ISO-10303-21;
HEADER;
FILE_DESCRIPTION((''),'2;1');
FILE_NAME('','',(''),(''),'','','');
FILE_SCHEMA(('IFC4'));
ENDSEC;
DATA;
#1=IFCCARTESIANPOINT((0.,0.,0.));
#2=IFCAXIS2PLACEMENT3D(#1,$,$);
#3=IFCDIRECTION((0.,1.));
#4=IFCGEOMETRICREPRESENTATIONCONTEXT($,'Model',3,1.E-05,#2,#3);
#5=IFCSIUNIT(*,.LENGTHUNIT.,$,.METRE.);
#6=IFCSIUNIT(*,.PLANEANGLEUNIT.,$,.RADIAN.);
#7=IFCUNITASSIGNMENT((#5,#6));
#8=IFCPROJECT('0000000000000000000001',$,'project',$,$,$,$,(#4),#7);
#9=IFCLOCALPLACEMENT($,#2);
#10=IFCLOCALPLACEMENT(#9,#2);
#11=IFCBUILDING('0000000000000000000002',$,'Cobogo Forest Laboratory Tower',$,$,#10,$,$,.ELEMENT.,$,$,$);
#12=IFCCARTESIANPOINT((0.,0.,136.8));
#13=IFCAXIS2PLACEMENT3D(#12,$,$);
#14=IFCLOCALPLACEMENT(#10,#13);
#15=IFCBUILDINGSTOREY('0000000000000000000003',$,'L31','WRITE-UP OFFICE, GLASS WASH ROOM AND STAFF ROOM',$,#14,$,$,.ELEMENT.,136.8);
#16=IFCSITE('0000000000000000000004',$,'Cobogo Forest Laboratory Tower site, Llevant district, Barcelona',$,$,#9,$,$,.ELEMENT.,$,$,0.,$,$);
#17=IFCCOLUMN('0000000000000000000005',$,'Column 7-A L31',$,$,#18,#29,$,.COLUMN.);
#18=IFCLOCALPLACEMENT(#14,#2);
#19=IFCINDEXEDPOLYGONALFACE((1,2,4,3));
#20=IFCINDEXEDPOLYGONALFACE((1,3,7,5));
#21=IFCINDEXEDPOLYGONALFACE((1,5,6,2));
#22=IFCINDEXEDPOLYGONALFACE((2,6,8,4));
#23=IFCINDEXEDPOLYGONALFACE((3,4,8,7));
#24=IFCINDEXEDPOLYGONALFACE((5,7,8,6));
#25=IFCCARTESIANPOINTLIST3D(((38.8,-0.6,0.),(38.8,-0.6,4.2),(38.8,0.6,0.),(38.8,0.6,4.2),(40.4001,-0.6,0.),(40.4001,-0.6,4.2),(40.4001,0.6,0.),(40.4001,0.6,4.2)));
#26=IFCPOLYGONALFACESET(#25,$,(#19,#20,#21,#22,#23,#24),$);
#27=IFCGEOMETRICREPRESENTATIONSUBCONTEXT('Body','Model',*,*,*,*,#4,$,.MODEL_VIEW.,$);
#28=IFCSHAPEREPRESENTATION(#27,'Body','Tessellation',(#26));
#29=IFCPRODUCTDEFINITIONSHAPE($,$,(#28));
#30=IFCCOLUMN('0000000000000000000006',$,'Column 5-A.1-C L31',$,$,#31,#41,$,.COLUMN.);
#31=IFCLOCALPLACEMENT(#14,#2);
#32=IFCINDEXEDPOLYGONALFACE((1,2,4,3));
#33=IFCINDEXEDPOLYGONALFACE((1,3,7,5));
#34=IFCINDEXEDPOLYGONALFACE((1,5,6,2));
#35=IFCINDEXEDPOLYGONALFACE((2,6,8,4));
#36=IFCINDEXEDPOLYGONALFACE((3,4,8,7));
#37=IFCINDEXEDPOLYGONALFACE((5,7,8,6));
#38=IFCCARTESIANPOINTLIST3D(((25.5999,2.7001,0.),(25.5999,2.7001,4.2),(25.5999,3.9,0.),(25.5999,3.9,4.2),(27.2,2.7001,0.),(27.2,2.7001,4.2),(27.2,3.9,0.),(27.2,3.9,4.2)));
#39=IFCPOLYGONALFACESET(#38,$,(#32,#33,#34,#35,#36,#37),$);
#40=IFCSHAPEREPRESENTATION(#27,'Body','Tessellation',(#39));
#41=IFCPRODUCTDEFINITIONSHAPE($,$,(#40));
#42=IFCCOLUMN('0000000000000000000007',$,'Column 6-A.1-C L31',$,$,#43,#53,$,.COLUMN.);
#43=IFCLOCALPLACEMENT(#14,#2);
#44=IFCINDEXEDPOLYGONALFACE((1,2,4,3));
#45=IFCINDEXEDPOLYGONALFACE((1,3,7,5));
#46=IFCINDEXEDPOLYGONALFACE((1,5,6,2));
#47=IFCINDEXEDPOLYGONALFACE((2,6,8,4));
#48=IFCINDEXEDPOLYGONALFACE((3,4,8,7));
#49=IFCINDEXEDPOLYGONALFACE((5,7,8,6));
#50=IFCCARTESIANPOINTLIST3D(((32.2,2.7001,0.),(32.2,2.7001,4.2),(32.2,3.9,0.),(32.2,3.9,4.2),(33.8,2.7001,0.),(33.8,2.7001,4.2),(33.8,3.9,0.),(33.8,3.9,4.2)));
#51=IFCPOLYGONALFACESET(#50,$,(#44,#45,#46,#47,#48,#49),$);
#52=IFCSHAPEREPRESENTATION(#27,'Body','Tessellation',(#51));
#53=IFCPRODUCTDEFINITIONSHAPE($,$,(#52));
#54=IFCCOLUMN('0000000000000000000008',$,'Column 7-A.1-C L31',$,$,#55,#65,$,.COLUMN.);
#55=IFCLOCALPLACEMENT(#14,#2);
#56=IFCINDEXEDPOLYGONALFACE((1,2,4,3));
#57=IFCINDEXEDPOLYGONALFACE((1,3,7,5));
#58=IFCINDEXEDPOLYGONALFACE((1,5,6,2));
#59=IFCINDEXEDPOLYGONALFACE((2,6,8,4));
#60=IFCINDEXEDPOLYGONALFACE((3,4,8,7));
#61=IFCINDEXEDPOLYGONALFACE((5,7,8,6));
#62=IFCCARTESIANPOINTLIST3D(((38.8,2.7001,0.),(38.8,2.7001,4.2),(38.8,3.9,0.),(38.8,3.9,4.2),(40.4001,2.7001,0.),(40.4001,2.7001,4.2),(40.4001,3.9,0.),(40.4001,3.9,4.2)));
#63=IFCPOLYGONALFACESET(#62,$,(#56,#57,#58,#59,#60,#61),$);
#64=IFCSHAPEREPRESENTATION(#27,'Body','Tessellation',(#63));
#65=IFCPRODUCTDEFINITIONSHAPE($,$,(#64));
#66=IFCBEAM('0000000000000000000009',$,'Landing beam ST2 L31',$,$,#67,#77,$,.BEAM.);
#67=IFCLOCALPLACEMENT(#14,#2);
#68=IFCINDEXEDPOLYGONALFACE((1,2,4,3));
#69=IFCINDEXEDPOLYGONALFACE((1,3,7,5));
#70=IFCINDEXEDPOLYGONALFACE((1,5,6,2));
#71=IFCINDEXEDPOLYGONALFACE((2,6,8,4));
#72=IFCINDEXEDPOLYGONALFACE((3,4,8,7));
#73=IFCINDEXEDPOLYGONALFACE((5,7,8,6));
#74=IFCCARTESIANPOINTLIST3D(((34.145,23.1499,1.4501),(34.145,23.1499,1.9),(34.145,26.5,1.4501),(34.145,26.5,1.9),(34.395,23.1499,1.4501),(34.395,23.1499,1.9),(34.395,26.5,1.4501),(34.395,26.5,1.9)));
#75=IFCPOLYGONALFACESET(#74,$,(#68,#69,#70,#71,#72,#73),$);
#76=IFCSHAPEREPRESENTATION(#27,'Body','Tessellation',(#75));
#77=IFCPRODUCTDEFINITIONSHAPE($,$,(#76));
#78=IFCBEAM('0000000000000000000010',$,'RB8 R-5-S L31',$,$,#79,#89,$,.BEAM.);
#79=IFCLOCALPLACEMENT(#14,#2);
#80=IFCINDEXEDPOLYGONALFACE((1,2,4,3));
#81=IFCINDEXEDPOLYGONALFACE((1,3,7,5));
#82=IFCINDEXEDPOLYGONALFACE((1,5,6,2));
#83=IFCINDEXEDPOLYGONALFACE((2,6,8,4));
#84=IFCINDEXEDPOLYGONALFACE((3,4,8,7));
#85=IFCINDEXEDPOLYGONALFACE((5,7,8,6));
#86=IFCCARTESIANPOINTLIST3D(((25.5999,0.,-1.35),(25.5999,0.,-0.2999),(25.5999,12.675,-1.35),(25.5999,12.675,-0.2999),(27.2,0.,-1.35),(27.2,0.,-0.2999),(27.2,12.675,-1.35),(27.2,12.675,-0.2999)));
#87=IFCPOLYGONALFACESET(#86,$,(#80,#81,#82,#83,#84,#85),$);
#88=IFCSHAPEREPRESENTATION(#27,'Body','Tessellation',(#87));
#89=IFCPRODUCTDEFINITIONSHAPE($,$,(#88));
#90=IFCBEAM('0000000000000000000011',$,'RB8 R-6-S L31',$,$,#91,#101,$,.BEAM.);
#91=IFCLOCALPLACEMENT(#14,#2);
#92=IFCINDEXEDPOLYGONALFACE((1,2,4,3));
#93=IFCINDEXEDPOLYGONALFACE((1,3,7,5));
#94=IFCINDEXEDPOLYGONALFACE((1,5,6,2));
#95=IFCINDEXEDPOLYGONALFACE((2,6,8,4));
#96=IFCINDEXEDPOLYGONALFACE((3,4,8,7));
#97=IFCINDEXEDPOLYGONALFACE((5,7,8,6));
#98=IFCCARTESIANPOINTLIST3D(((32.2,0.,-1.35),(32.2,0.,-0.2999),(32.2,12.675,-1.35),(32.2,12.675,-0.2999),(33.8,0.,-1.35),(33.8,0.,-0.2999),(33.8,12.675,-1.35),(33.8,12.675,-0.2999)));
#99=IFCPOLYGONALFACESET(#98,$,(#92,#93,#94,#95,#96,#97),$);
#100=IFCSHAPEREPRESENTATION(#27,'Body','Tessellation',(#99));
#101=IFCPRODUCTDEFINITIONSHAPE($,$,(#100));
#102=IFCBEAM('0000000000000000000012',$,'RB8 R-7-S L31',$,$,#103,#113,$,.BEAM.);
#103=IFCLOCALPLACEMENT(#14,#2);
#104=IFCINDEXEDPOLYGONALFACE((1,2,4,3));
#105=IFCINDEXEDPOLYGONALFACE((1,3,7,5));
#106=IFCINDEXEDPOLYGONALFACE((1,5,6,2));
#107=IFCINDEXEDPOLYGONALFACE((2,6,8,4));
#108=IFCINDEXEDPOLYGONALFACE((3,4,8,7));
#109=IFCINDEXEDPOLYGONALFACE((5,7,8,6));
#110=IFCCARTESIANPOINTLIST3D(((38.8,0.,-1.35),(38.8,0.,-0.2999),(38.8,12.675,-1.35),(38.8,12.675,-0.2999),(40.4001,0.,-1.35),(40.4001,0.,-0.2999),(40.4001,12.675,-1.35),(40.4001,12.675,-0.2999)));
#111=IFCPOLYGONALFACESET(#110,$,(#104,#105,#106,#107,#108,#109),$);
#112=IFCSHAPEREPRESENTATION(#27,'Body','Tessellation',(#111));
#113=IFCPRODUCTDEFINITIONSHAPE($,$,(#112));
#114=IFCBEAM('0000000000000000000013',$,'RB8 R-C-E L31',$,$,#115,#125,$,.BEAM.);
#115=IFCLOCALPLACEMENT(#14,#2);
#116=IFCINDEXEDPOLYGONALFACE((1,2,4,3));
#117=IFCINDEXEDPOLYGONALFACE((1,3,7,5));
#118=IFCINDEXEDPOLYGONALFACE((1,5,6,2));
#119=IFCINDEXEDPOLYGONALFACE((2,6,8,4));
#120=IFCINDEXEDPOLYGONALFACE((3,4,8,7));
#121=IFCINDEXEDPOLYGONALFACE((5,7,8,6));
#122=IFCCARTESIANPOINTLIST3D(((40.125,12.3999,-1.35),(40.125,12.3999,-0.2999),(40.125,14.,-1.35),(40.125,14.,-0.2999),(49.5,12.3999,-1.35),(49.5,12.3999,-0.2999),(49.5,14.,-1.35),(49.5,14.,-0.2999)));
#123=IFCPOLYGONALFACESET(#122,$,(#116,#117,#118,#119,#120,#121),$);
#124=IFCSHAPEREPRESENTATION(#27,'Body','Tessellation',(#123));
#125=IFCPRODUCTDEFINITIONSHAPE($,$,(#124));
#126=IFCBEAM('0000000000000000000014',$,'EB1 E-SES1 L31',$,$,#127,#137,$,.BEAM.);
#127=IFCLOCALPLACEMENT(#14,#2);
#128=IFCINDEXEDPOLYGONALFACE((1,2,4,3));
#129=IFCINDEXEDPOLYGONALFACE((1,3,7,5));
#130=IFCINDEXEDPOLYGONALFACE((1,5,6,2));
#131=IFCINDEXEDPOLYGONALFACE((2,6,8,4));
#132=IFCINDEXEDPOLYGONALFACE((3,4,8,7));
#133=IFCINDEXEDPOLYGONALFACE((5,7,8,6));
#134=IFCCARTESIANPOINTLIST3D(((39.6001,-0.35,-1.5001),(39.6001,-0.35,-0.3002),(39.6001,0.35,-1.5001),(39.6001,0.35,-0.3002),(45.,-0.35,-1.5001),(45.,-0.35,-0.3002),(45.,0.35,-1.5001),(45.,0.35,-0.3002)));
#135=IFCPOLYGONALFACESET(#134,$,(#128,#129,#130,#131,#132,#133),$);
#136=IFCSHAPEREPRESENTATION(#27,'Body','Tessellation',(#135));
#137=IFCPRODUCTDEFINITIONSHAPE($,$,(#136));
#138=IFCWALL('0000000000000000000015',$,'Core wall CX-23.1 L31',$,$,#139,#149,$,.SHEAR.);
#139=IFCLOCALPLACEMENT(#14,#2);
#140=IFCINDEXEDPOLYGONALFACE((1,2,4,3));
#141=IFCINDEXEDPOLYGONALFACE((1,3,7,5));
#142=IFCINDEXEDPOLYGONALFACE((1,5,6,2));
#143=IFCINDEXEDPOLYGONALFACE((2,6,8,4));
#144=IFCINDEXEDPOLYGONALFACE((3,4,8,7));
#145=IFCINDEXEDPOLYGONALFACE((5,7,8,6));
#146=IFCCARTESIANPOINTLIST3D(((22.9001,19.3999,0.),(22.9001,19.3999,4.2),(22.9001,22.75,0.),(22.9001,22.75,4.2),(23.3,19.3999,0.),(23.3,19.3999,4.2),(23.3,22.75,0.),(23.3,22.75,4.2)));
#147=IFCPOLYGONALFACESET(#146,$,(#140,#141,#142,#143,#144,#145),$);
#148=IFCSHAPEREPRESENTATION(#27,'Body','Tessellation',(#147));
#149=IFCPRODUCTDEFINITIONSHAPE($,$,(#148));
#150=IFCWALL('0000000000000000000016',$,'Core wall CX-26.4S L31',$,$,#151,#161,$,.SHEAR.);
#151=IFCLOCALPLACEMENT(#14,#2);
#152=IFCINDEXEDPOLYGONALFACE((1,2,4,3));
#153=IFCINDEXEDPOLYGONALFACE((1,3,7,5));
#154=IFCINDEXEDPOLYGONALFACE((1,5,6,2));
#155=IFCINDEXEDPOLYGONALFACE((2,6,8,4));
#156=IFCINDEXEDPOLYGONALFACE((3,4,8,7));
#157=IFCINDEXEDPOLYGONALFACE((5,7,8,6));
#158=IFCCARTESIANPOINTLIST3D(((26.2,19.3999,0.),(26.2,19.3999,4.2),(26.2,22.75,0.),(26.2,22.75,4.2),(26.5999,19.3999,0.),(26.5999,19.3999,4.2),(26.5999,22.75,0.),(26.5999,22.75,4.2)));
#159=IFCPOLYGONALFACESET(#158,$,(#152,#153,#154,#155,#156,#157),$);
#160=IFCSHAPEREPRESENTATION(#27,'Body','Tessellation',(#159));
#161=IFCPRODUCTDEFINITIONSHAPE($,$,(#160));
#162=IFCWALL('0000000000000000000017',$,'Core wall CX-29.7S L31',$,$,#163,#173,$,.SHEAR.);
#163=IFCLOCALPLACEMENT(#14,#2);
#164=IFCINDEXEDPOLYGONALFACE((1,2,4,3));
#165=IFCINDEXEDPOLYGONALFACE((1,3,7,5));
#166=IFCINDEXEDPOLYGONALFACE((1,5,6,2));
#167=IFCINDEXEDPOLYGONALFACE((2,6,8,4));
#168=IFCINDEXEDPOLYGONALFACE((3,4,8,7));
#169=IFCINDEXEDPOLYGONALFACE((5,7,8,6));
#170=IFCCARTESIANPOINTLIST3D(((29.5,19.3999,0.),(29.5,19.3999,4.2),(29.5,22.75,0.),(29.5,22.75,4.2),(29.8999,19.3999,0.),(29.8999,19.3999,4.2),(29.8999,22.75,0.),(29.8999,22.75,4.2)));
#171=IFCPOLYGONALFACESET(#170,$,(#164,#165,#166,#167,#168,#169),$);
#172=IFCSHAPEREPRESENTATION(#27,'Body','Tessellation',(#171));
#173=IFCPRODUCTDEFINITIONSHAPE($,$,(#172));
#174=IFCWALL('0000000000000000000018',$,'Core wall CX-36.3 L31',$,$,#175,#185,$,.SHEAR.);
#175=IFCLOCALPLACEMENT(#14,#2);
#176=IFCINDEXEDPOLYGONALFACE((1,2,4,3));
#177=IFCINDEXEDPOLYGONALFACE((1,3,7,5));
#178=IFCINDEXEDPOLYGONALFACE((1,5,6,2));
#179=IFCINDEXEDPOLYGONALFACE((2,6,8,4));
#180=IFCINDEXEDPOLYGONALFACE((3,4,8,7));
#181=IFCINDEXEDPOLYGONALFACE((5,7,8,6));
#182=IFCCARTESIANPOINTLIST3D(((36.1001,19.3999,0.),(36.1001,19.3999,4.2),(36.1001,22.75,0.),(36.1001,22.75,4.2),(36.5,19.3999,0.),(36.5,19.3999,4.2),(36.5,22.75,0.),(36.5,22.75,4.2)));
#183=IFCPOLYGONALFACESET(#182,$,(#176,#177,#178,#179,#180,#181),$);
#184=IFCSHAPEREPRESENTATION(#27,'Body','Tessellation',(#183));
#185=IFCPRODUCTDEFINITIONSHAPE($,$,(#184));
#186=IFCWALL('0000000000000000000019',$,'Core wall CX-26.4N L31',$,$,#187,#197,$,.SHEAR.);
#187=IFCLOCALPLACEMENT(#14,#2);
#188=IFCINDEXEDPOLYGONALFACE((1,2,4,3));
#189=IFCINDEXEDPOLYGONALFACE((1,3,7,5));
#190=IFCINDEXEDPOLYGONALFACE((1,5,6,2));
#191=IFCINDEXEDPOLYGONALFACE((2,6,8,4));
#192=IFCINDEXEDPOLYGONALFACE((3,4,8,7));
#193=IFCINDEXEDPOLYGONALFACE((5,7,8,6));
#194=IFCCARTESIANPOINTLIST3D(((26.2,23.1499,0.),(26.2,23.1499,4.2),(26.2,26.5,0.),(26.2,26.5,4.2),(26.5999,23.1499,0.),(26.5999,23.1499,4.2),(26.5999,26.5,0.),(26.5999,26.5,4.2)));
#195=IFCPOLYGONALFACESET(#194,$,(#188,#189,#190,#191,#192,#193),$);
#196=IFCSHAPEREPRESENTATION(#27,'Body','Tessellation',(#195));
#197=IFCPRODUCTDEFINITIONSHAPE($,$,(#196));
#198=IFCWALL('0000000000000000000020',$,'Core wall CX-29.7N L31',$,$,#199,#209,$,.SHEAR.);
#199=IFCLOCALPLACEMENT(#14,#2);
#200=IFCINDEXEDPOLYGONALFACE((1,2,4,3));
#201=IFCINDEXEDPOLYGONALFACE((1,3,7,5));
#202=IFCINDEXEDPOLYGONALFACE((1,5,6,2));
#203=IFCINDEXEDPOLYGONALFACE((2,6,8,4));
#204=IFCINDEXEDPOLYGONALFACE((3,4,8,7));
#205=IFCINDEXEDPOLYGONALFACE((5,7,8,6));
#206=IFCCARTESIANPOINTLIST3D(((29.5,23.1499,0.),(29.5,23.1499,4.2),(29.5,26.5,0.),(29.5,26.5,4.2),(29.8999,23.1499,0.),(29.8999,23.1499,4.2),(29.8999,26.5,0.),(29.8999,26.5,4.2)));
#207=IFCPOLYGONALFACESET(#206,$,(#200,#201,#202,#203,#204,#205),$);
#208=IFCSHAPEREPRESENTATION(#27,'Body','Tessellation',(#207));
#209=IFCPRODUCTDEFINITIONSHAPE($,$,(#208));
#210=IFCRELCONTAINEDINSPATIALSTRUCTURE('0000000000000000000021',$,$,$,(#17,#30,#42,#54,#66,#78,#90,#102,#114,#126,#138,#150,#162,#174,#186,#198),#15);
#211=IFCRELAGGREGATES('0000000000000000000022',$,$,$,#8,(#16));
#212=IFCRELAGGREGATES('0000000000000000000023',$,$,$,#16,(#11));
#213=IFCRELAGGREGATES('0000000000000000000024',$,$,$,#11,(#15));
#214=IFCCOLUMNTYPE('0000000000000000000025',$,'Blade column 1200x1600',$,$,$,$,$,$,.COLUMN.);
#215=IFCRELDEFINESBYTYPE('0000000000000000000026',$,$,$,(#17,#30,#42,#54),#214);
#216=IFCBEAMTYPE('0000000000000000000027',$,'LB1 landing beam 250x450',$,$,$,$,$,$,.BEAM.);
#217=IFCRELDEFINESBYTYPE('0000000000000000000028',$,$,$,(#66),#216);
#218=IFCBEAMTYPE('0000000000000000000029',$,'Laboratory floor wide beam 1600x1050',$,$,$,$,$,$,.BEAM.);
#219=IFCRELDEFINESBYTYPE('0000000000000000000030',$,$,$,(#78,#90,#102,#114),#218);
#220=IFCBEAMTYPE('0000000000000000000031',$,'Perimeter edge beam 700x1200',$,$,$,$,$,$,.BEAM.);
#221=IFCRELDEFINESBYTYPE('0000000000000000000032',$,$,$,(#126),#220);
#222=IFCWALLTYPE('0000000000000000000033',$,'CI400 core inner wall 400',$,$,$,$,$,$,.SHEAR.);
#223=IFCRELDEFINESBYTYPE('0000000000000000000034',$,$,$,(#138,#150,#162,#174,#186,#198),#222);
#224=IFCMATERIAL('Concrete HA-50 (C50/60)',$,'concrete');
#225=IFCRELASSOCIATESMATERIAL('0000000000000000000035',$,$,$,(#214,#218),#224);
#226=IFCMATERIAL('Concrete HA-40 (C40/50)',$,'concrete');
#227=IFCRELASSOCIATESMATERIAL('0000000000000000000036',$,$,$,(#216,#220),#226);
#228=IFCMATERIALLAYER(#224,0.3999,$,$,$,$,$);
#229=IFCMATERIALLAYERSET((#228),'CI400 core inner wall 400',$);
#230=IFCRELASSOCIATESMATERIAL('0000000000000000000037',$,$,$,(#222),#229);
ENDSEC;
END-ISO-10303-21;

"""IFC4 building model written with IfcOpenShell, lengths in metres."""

from ifc_helpers import new_model, si_unit, direction, frame, frame_2d, origin, origin_2d, place, context, subcontext, project, spatial, rectangle, extrude, material, layer, layer_set, material_profile, profile_set, type_object, element, save


model = new_model("IFC4")

# Units and contexts
model_context = context("Model", 3, precision=1e-05, world=origin(), true_north=direction((0.0, 1.0)))
body_context = subcontext(model_context, "Body", "Model", "MODEL_VIEW")
ifc_project = project(units=[si_unit("LENGTHUNIT", "METRE"), si_unit("PLANEANGLEUNIT", "RADIAN")], contexts=[model_context])

# Site, building, storey
site_placement = place(None, origin())
site = spatial("IfcSite", under=ifc_project, at=site_placement, Name="Cobogo Forest Laboratory Tower site, Llevant district, Barcelona", CompositionType="ELEMENT", RefElevation=0.0)
building_placement = place(site_placement, origin())
building = spatial("IfcBuilding", under=site, at=building_placement, Name="Cobogo Forest Laboratory Tower", CompositionType="ELEMENT")
storey_placement = place(building_placement, frame((0.0, 0.0, 136.8)))
storey = spatial("IfcBuildingStorey", under=building, at=storey_placement, Name="L31", Description="WRITE-UP OFFICE, GLASS WASH ROOM AND STAFF ROOM", CompositionType="ELEMENT", Elevation=136.8)

# Columns
ifc_material_1 = material(Name="Concrete HA-50 (C50/60)", Category="concrete")
ifc_material_profile_1 = material_profile(ifc_material_1, rectangle(XDim=1.6001, YDim=1.2, at=origin_2d()), Name="RC 1200x1600")
ifc_profile_set_1 = profile_set([ifc_material_profile_1], Name="Concrete HA-50 (C50/60)")
column_type = type_object("IfcColumnType", Name="Blade column 1200x1600", PredefinedType="COLUMN", material=ifc_profile_set_1)
for number, where, z_axis, x_axis, name in (
    (1, (39.6001, 0.0, 0.0), (0.0, 0.0, 1.0), (1.0, 0.0, 0.0), "Column 7-A L31"),
    (2, (26.3999, 3.3, 0.0), (0.0, 0.0, 1.0), (1.0, 0.0, 0.0), "Column 5-A.1-C L31"),
    (3, (33.0, 3.3, 0.0), (0.0, 0.0, 1.0), (1.0, 0.0, 0.0), "Column 6-A.1-C L31"),
    (4, (39.6001, 3.3, 0.0), (0.0, 0.0, 1.0), (1.0, 0.0, 0.0), "Column 7-A.1-C L31"),
):
    element("IfcColumn", number, at=place(storey_placement, frame(where, z_axis=z_axis, x_axis=x_axis)), inside=storey, type_object=column_type, Name=name, PredefinedType="COLUMN", context=body_context, shape_type="SweptSolid", body=[
        extrude(rectangle(XDim=1.6001, YDim=1.2, at=origin_2d()), origin(), (0.0, 0.0, 1.0), 4.2),
    ])

# Beams
ifc_material_2 = material(Name="Concrete HA-40 (C40/50)", Category="concrete")
ifc_material_profile_2 = material_profile(ifc_material_2, rectangle(XDim=0.25, YDim=0.45, at=origin_2d()), Name="RC 250x450")
ifc_profile_set_2 = profile_set([ifc_material_profile_2], Name="Concrete HA-40 (C40/50)")
beam_type_1 = type_object("IfcBeamType", Name="LB1 landing beam 250x450", PredefinedType="BEAM", material=ifc_profile_set_2)
beam_1_placement = place(storey_placement, frame((34.27, 23.1499, 1.675), z_axis=(0.0, 1.0, 0.0), x_axis=(-1.0, 0.0, 0.0)))
element("IfcBeam", 5, at=beam_1_placement, inside=storey, type_object=beam_type_1, Name="Landing beam ST2 L31", PredefinedType="BEAM", context=body_context, shape_type="SweptSolid", body=[
    extrude(rectangle(XDim=0.25, YDim=0.45, at=origin_2d()), origin(), (0.0, 0.0, 1.0), 3.3501),
])
ifc_material_profile_3 = material_profile(ifc_material_1, rectangle(XDim=1.6001, YDim=1.05, at=origin_2d()), Name="RC 1600x1050")
ifc_profile_set_3 = profile_set([ifc_material_profile_3], Name="Concrete HA-50 (C50/60)")
beam_type_2 = type_object("IfcBeamType", Name="Laboratory floor wide beam 1600x1050", PredefinedType="BEAM", material=ifc_profile_set_3)
for number, where, z_axis, x_axis, name in (
    (6, (26.3999, 12.675, -0.825), (0.0, -1.0, 0.0), (1.0, 0.0, 0.0), "RB8 R-5-S L31"),
    (7, (33.0, 12.675, -0.825), (0.0, -1.0, 0.0), (1.0, 0.0, 0.0), "RB8 R-6-S L31"),
    (8, (39.6001, 12.675, -0.825), (0.0, -1.0, 0.0), (1.0, 0.0, 0.0), "RB8 R-7-S L31"),
):
    element("IfcBeam", number, at=place(storey_placement, frame(where, z_axis=z_axis, x_axis=x_axis)), inside=storey, type_object=beam_type_2, Name=name, PredefinedType="BEAM", context=body_context, shape_type="SweptSolid", body=[
        extrude(rectangle(XDim=1.6001, YDim=1.05, at=origin_2d()), origin(), (0.0, 0.0, 1.0), 12.675),
    ])
beam_2_placement = place(storey_placement, frame((40.125, 13.2, -0.825), z_axis=(1.0, 0.0, 0.0), x_axis=(0.0, 1.0, 0.0)))
element("IfcBeam", 9, at=beam_2_placement, inside=storey, type_object=beam_type_2, Name="RB8 R-C-E L31", PredefinedType="BEAM", context=body_context, shape_type="SweptSolid", body=[
    extrude(rectangle(XDim=1.6001, YDim=1.05, at=origin_2d()), origin(), (0.0, 0.0, 1.0), 9.375),
])
ifc_material_profile_4 = material_profile(ifc_material_2, rectangle(XDim=0.7, YDim=1.2, at=origin_2d()), Name="RC 700x1200")
ifc_profile_set_4 = profile_set([ifc_material_profile_4], Name="Concrete HA-40 (C40/50)")
beam_type_3 = type_object("IfcBeamType", Name="Perimeter edge beam 700x1200", PredefinedType="BEAM", material=ifc_profile_set_4)
beam_3_placement = place(storey_placement, frame((39.6001, 0.0, -0.9001), z_axis=(1.0, 0.0, 0.0), x_axis=(0.0, 1.0, 0.0)))
element("IfcBeam", 10, at=beam_3_placement, inside=storey, type_object=beam_type_3, Name="EB1 E-SES1 L31", PredefinedType="BEAM", context=body_context, shape_type="SweptSolid", body=[
    extrude(rectangle(XDim=0.7, YDim=1.2, at=origin_2d()), origin(), (0.0, 0.0, 1.0), 5.3999),
])

# Walls
ifc_layer_1 = layer(ifc_material_1, 0.3999)
ifc_layer_set_1 = layer_set([ifc_layer_1], Name="CI400 core inner wall 400")
wall_type_1 = type_object("IfcWallType", Name="CI400 core inner wall 400", PredefinedType="SHEAR", material=ifc_layer_set_1)
for number, where, z_axis, x_axis, name in (
    (11, (23.1001, 19.3999, 0.0), (0.0, 0.0, 1.0), (0.0, 1.0, 0.0), "Core wall CX-23.1 L31"),
    (12, (26.3999, 19.3999, 0.0), (0.0, 0.0, 1.0), (0.0, 1.0, 0.0), "Core wall CX-26.4S L31"),
    (13, (29.7, 19.3999, 0.0), (0.0, 0.0, 1.0), (0.0, 1.0, 0.0), "Core wall CX-29.7S L31"),
    (14, (36.3, 19.3999, 0.0), (0.0, 0.0, 1.0), (0.0, 1.0, 0.0), "Core wall CX-36.3 L31"),
    (15, (26.3999, 23.1499, 0.0), (0.0, 0.0, 1.0), (0.0, 1.0, 0.0), "Core wall CX-26.4N L31"),
    (16, (29.7, 23.1499, 0.0), (0.0, 0.0, 1.0), (0.0, 1.0, 0.0), "Core wall CX-29.7N L31"),
):
    element("IfcWall", number, at=place(storey_placement, frame(where, z_axis=z_axis, x_axis=x_axis)), inside=storey, type_object=wall_type_1, Name=name, PredefinedType="SHEAR", context=body_context, shape_type="SweptSolid", body=[
        extrude(rectangle(XDim=3.3501, YDim=0.3999, at=frame_2d((1.675, 0.0))), origin(), (0.0, 0.0, 1.0), 4.2),
    ])

save(model, "model.ifc")
